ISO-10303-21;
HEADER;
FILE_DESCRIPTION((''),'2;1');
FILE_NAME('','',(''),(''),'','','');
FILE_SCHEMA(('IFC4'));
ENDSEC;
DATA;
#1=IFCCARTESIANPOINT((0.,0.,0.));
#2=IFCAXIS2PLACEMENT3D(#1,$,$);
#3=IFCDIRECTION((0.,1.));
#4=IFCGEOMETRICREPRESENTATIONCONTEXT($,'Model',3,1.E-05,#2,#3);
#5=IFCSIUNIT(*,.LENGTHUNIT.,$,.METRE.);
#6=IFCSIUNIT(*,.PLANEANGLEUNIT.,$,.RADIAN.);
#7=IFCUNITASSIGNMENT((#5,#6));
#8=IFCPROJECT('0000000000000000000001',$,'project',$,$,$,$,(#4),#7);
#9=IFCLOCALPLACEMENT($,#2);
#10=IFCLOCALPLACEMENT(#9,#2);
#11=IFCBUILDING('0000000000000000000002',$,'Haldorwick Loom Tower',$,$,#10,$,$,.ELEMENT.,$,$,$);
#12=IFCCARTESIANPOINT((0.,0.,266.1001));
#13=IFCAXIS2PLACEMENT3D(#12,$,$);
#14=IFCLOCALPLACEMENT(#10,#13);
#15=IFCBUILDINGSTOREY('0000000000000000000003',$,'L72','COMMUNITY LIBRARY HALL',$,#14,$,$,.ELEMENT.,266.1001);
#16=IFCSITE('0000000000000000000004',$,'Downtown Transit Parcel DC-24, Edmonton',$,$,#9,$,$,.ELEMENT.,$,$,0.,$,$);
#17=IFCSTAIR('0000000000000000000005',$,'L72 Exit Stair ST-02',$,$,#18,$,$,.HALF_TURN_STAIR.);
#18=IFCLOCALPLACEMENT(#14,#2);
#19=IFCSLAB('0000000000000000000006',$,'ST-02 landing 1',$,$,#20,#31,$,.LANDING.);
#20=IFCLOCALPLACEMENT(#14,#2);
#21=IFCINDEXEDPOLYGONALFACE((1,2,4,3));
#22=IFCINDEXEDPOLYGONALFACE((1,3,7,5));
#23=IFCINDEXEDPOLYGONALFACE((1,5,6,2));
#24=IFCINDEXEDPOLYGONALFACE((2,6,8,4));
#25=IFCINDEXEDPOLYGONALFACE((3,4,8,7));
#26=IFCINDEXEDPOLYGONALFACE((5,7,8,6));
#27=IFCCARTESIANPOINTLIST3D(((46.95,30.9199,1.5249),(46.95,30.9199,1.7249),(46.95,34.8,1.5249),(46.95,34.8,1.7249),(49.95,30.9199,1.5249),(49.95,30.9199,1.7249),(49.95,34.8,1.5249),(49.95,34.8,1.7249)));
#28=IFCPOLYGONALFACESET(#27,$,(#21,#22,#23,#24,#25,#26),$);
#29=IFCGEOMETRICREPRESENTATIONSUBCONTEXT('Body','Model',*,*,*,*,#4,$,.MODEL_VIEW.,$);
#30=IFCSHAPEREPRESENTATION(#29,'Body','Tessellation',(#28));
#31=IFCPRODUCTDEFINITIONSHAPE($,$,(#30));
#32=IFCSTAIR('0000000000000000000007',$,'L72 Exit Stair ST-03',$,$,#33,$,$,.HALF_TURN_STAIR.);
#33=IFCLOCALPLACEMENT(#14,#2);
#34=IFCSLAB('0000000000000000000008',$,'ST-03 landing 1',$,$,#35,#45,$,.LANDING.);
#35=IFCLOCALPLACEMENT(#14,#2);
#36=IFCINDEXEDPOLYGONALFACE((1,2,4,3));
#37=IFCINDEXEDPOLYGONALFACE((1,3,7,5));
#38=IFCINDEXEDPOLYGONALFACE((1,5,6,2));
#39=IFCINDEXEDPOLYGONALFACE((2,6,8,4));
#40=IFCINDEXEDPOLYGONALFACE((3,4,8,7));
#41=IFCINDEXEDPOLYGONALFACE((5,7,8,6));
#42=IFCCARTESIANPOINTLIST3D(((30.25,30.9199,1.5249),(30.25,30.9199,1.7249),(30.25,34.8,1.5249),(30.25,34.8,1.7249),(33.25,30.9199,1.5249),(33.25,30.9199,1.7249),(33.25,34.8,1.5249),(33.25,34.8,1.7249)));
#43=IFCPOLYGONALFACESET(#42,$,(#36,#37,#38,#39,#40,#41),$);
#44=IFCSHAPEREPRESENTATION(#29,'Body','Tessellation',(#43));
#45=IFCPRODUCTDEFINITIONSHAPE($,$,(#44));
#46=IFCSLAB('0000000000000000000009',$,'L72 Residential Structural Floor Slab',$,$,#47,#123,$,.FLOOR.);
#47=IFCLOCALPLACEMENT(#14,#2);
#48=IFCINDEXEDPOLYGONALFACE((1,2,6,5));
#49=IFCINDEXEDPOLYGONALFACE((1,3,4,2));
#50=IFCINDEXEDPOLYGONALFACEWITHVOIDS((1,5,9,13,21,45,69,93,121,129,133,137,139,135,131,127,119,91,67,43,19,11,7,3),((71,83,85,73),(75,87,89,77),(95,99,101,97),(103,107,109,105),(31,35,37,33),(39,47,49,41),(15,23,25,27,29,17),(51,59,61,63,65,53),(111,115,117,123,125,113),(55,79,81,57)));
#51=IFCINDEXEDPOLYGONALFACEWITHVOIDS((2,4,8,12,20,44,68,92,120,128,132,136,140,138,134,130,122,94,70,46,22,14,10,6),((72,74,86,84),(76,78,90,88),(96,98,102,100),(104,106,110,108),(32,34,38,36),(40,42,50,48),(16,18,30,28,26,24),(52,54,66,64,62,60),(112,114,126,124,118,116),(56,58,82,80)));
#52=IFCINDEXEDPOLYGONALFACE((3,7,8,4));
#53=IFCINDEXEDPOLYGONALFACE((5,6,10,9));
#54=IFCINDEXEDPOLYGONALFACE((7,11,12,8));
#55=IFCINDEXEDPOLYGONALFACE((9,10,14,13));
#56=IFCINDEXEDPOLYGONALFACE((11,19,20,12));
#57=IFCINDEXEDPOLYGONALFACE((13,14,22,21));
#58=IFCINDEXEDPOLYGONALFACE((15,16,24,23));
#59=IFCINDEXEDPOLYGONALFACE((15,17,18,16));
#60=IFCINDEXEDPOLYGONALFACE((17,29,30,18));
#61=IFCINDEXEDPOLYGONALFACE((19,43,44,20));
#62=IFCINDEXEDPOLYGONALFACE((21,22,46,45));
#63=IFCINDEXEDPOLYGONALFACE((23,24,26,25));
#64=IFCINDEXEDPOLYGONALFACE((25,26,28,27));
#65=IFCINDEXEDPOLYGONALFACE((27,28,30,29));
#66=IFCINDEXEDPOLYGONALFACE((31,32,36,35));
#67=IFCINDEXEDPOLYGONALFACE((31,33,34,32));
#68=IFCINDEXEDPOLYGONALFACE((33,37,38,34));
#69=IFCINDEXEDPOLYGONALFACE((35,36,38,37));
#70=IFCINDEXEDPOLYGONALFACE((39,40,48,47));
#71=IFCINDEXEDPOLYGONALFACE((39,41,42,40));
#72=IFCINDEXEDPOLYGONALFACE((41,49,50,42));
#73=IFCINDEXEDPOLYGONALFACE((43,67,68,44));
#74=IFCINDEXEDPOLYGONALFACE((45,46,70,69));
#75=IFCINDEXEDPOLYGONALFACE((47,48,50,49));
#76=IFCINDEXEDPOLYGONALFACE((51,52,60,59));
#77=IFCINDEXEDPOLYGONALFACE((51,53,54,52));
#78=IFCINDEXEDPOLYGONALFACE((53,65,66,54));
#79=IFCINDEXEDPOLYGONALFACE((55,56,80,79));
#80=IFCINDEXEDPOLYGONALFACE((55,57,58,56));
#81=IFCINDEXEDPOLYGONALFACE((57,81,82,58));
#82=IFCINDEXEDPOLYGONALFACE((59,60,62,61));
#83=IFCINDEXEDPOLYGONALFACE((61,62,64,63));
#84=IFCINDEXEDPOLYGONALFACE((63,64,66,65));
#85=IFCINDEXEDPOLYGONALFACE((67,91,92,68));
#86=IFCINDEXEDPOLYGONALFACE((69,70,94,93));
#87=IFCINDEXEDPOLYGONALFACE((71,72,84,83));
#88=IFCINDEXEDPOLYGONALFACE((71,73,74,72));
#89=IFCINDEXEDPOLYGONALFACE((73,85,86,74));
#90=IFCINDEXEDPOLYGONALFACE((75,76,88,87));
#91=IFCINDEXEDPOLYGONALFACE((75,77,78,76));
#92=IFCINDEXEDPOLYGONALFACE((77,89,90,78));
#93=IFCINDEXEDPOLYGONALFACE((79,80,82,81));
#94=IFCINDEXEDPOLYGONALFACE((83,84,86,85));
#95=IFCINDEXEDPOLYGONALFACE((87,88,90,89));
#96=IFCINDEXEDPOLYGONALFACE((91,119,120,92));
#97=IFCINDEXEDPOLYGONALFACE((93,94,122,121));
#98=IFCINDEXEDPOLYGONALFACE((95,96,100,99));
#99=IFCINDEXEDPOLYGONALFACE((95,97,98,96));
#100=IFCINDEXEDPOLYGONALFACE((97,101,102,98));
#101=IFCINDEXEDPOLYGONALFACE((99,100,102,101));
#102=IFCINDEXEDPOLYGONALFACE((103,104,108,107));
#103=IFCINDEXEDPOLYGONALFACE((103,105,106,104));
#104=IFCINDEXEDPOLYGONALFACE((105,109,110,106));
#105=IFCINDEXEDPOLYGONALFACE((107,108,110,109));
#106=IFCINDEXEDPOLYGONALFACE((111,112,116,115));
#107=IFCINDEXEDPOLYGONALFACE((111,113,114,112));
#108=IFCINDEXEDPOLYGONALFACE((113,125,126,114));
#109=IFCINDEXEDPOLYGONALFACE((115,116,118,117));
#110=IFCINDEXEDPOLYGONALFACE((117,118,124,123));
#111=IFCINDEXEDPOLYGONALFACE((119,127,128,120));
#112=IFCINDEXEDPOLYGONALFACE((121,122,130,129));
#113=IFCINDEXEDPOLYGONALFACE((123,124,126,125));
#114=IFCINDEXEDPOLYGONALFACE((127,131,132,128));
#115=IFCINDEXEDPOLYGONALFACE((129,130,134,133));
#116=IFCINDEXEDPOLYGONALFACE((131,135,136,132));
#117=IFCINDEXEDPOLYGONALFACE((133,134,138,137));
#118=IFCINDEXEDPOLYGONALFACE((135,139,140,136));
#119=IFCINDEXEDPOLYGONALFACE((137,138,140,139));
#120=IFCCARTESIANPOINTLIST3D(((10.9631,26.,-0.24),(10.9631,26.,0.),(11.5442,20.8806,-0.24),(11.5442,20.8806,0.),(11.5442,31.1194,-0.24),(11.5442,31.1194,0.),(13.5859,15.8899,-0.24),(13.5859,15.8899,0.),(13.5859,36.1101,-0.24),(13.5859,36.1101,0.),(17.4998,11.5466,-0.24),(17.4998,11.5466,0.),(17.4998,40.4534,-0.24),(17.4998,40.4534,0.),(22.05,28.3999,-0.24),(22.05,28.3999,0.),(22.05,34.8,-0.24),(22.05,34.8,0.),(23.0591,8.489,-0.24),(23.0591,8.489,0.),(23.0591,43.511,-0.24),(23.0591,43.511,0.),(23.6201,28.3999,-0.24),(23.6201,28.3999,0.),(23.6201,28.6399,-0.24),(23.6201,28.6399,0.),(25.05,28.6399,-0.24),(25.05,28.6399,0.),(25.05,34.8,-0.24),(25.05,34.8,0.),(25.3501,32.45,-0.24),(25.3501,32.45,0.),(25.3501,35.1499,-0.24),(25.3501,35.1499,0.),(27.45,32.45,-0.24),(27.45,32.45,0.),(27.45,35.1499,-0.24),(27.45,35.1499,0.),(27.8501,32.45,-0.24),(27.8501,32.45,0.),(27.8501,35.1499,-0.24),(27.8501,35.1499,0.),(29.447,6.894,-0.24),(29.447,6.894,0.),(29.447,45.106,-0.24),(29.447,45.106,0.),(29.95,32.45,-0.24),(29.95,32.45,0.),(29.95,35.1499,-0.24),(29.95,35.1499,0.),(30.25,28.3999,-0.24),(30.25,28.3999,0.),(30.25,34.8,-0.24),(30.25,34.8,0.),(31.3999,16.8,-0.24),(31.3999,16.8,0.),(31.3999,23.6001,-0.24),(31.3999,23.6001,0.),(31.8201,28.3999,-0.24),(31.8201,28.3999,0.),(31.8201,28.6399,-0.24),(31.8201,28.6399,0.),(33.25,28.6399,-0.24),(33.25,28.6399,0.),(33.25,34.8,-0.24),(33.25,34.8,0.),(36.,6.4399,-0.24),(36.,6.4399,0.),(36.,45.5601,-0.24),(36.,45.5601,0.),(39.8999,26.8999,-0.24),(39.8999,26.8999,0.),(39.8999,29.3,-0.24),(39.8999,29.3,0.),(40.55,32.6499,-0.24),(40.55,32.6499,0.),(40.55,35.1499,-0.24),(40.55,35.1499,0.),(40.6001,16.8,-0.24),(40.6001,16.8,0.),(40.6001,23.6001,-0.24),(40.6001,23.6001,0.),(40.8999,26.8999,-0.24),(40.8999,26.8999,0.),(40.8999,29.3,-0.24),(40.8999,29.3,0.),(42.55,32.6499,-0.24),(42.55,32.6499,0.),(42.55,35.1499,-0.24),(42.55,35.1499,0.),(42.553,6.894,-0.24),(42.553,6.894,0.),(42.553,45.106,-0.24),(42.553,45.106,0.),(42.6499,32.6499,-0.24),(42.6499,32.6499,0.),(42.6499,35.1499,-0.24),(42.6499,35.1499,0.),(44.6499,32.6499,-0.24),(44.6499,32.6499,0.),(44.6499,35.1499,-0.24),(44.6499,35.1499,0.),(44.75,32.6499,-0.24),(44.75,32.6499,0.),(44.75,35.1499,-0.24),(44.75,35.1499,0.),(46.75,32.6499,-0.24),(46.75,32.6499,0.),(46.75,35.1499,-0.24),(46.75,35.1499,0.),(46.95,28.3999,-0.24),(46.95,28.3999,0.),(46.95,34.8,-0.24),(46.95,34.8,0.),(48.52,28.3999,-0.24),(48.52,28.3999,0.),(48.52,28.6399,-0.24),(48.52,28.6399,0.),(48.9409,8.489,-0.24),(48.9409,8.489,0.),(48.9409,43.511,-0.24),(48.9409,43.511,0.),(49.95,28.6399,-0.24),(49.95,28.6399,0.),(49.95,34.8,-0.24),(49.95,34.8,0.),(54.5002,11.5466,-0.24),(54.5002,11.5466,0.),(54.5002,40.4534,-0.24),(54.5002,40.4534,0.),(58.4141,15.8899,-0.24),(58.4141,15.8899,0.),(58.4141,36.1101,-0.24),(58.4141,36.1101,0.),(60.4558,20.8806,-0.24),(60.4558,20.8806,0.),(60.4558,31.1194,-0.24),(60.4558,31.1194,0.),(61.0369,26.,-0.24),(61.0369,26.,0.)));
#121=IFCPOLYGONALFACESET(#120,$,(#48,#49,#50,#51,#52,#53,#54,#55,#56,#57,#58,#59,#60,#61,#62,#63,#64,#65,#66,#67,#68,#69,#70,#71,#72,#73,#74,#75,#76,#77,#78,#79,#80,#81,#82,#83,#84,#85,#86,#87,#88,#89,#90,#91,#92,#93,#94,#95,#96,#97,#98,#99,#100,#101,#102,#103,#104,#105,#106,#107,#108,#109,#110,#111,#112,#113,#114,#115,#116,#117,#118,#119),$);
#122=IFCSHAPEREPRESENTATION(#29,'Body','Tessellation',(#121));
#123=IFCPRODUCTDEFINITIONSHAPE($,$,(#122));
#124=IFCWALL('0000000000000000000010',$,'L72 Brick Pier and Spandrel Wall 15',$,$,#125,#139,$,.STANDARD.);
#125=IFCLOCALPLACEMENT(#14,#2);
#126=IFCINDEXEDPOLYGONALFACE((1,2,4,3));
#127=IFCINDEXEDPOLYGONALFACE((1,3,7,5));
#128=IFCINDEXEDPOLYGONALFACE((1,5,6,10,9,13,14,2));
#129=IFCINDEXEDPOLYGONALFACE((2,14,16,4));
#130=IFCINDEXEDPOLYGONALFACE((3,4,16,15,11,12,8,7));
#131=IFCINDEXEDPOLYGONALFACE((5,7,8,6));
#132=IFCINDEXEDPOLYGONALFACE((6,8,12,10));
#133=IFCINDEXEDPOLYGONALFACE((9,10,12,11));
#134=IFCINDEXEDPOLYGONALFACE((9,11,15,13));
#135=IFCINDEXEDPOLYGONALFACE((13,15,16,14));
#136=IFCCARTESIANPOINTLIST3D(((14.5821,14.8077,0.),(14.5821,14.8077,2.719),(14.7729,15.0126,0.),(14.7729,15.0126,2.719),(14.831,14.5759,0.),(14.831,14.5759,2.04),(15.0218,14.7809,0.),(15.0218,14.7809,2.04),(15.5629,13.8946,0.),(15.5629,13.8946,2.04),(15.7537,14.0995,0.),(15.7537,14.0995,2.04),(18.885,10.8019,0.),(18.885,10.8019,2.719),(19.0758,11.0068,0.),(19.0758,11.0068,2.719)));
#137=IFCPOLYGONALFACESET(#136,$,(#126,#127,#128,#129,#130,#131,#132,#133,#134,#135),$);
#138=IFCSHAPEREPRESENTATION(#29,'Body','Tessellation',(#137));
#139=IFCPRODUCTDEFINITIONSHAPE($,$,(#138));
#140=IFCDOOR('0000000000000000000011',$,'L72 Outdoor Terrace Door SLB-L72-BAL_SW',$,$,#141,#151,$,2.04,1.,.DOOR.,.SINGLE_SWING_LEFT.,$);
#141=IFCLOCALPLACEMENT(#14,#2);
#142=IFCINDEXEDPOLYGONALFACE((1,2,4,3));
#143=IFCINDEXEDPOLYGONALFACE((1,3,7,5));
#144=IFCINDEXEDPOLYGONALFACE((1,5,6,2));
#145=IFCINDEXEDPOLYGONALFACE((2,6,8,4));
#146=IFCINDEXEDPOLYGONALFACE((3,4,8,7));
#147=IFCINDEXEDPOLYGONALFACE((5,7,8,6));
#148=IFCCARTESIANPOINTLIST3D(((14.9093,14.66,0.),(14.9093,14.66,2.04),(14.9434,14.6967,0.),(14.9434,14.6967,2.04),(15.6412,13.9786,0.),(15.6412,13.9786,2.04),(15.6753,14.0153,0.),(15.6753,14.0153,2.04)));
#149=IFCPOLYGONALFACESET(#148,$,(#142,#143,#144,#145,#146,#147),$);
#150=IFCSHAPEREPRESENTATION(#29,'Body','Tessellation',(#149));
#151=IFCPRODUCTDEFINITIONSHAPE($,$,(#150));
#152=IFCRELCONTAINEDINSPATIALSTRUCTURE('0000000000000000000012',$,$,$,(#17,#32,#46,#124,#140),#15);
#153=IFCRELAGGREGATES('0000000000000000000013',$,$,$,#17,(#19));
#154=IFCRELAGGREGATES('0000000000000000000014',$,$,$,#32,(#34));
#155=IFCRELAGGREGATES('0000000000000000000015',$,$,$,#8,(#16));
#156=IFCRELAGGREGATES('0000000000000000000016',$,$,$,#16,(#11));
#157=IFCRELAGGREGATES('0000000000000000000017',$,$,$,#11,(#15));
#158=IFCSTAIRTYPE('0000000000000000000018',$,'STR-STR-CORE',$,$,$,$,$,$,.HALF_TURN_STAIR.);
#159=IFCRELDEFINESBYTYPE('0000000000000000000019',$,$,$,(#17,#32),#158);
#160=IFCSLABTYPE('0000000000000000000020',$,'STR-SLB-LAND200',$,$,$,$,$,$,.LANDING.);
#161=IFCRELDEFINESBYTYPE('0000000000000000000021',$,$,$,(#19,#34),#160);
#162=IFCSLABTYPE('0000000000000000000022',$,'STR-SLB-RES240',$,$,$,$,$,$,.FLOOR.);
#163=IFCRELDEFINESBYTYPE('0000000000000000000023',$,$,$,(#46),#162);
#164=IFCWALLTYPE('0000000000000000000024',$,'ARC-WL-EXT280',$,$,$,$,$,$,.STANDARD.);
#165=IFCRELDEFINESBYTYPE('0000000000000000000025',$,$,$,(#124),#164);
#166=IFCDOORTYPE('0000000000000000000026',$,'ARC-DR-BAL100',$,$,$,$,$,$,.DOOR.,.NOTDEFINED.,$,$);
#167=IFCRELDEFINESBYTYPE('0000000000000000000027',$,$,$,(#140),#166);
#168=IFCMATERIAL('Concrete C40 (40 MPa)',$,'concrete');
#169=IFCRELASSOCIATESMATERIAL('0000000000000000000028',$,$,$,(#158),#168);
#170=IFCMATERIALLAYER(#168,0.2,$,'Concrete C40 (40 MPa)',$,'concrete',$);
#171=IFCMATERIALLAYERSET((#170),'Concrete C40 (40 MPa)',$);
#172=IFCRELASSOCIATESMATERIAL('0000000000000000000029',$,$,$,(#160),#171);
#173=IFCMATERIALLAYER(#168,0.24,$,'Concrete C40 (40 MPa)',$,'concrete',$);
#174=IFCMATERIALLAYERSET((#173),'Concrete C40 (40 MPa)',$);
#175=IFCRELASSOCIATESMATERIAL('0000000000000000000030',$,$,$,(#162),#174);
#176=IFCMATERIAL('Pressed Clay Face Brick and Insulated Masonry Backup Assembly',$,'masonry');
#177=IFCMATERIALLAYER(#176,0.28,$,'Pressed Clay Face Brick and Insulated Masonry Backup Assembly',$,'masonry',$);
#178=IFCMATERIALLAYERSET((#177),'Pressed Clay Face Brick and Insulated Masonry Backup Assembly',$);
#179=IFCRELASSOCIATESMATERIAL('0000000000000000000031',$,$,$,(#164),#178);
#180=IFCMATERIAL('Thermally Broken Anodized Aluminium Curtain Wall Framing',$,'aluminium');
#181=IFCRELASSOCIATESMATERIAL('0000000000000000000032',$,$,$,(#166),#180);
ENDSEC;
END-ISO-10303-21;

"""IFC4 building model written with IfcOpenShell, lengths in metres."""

from ifc_helpers import new_model, si_unit, direction, frame, frame_2d, origin, place, context, subcontext, project, spatial, polyline, rectangle, outline, extrude, material, layer, layer_set, type_object, element, fill, aggregate, save


model = new_model("IFC4")

# Units and contexts
model_context = context("Model", 3, precision=1e-05, world=origin(), true_north=direction((0.0, 1.0)))
body_context = subcontext(model_context, "Body", "Model", "MODEL_VIEW")
ifc_project = project(units=[si_unit("LENGTHUNIT", "METRE"), si_unit("PLANEANGLEUNIT", "RADIAN")], contexts=[model_context])

# Site, building, storey
site_placement = place(None, origin())
site = spatial("IfcSite", under=ifc_project, at=site_placement, Name="Downtown Transit Parcel DC-24, Edmonton", CompositionType="ELEMENT", RefElevation=0.0)
building_placement = place(site_placement, origin())
building = spatial("IfcBuilding", under=site, at=building_placement, Name="Haldorwick Loom Tower", CompositionType="ELEMENT")
storey_placement = place(building_placement, frame((0.0, 0.0, 266.1001)))
storey = spatial("IfcBuildingStorey", under=building, at=storey_placement, Name="L72", Description="COMMUNITY LIBRARY HALL", CompositionType="ELEMENT", Elevation=266.1001)

# Shared definitions
ifc_material_1 = material(Name="Concrete C40 (40 MPa)", Category="concrete")

# Stairs, slabs
stair_type = type_object("IfcStairType", Name="STR-STR-CORE", PredefinedType="HALF_TURN_STAIR", material=ifc_material_1)
ifc_layer_1 = layer(ifc_material_1, 0.2, Name="Concrete C40 (40 MPa)", Category="concrete")
ifc_layer_set_1 = layer_set([ifc_layer_1], Name="Concrete C40 (40 MPa)")
slab_type_1 = type_object("IfcSlabType", Name="STR-SLB-LAND200", PredefinedType="LANDING", material=ifc_layer_set_1)
stair_1_placement = place(storey_placement, origin())
stair_1 = element("IfcStair", 1, at=stair_1_placement, inside=storey, type_object=stair_type, Name="L72 Exit Stair ST-02", PredefinedType="HALF_TURN_STAIR")
slab_1_placement = place(storey_placement, frame((0.0, 0.0, 1.5249)))
slab_1 = element("IfcSlab", 2, at=slab_1_placement, type_object=slab_type_1, Name="ST-02 landing 1", PredefinedType="LANDING", context=body_context, shape_type="SweptSolid", body=[
    extrude(outline(polyline([(49.95, 30.9199), (49.95, 34.8), (46.95, 34.8), (46.95, 30.9199), (49.95, 30.9199)])), origin(), (0.0, 0.0, 1.0), 0.2),
])
aggregate(stair_1, [slab_1])
stair_2_placement = place(storey_placement, origin())
stair_2 = element("IfcStair", 3, at=stair_2_placement, inside=storey, type_object=stair_type, Name="L72 Exit Stair ST-03", PredefinedType="HALF_TURN_STAIR")
slab_2_placement = place(storey_placement, frame((0.0, 0.0, 1.5249)))
slab_2 = element("IfcSlab", 4, at=slab_2_placement, type_object=slab_type_1, Name="ST-03 landing 1", PredefinedType="LANDING", context=body_context, shape_type="SweptSolid", body=[
    extrude(outline(polyline([(33.25, 30.9199), (33.25, 34.8), (30.25, 34.8), (30.25, 30.9199), (33.25, 30.9199)])), origin(), (0.0, 0.0, 1.0), 0.2),
])
aggregate(stair_2, [slab_2])

# Slab
ifc_layer_2 = layer(ifc_material_1, 0.24, Name="Concrete C40 (40 MPa)", Category="concrete")
ifc_layer_set_2 = layer_set([ifc_layer_2], Name="Concrete C40 (40 MPa)")
slab_type_2 = type_object("IfcSlabType", Name="STR-SLB-RES240", PredefinedType="FLOOR", material=ifc_layer_set_2)
slab_3_placement = place(storey_placement, frame((0.0, 0.0, -0.24)))
element("IfcSlab", 5, at=slab_3_placement, inside=storey, type_object=slab_type_2, Name="L72 Residential Structural Floor Slab", PredefinedType="FLOOR", context=body_context, shape_type="SweptSolid", body=[
    extrude(outline(polyline([(54.5002, 11.5466), (58.4141, 15.8899), (60.4558, 20.8806), (61.0369, 26.0), (60.4558, 31.1194), (58.4141, 36.1101), (54.5002, 40.4534), (48.9409, 43.511), (42.553, 45.106), (36.0, 45.5601), (29.447, 45.106), (23.0591, 43.511), (17.4998, 40.4534), (13.5859, 36.1101), (11.5442, 31.1194), (10.9631, 26.0), (11.5442, 20.8806), (13.5859, 15.8899), (17.4998, 11.5466), (23.0591, 8.489), (29.447, 6.894), (36.0, 6.4399), (42.553, 6.894), (48.9409, 8.489), (54.5002, 11.5466)]), holes=[polyline([(31.3999, 16.8), (31.3999, 23.6001), (40.6001, 23.6001), (40.6001, 16.8), (31.3999, 16.8)]), polyline([(40.8999, 26.8999), (39.8999, 26.8999), (39.8999, 29.3), (40.8999, 29.3), (40.8999, 26.8999)]), polyline([(23.6201, 28.3999), (22.05, 28.3999), (22.05, 34.8), (25.05, 34.8), (25.05, 28.6399), (23.6201, 28.6399), (23.6201, 28.3999)]), polyline([(30.25, 28.3999), (30.25, 34.8), (33.25, 34.8), (33.25, 28.6399), (31.8201, 28.6399), (31.8201, 28.3999), (30.25, 28.3999)]), polyline([(46.95, 28.3999), (46.95, 34.8), (49.95, 34.8), (49.95, 28.6399), (48.52, 28.6399), (48.52, 28.3999), (46.95, 28.3999)]), polyline([(27.45, 32.45), (25.3501, 32.45), (25.3501, 35.1499), (27.45, 35.1499), (27.45, 32.45)]), polyline([(29.95, 32.45), (27.8501, 32.45), (27.8501, 35.1499), (29.95, 35.1499), (29.95, 32.45)]), polyline([(42.55, 32.6499), (40.55, 32.6499), (40.55, 35.1499), (42.55, 35.1499), (42.55, 32.6499)]), polyline([(42.6499, 32.6499), (42.6499, 35.1499), (44.6499, 35.1499), (44.6499, 32.6499), (42.6499, 32.6499)]), polyline([(44.75, 32.6499), (44.75, 35.1499), (46.75, 35.1499), (46.75, 32.6499), (44.75, 32.6499)])]), origin(), (0.0, 0.0, 1.0), 0.24),
])

# Wall, opening, door
ifc_material_2 = material(Name="Pressed Clay Face Brick and Insulated Masonry Backup Assembly", Category="masonry")
ifc_layer_3 = layer(ifc_material_2, 0.28, Name="Pressed Clay Face Brick and Insulated Masonry Backup Assembly", Category="masonry")
ifc_layer_set_3 = layer_set([ifc_layer_3], Name="Pressed Clay Face Brick and Insulated Masonry Backup Assembly")
wall_type = type_object("IfcWallType", Name="ARC-WL-EXT280", PredefinedType="STANDARD", material=ifc_layer_set_3)
wall_1_placement = place(storey_placement, frame((14.6775, 14.9102, 0.0), z_axis=(0.0, 0.0, 1.0), x_axis=(0.731925, -0.681386, 0.0)))
wall_1 = element("IfcWall", 6, at=wall_1_placement, inside=storey, type_object=wall_type, Name="L72 Brick Pier and Spandrel Wall 15", PredefinedType="STANDARD", context=body_context, shape_type="SweptSolid", body=[
    extrude(rectangle(XDim=5.8789, YDim=0.28, at=frame_2d((2.9395, 0.0))), origin(), (0.0, 0.0, 1.0), 2.719),
])
opening_1_placement = place(wall_1_placement, frame((0.3401, 0.0, 0.0)))
opening_1 = element("IfcOpeningElement", 7, at=opening_1_placement, cuts=wall_1, PredefinedType="OPENING", context=body_context, shape_type="SweptSolid", body=[
    extrude(rectangle(XDim=1.0, YDim=2.04, at=frame_2d((0.5, 1.02))), frame((0.0, 0.1499, 0.0), z_axis=(0.0, -1.0, 0.0), x_axis=(1.0, 0.0, 0.0)), (0.0, 0.0, 1.0), 0.3),
])
ifc_material_3 = material(Name="Thermally Broken Anodized Aluminium Curtain Wall Framing", Category="aluminium")
door_type = type_object("IfcDoorType", Name="ARC-DR-BAL100", OperationType="NOTDEFINED", PredefinedType="DOOR", material=ifc_material_3)
door_placement = place(opening_1_placement, origin())
door = element("IfcDoor", 8, at=door_placement, inside=storey, type_object=door_type, Name="L72 Outdoor Terrace Door SLB-L72-BAL_SW", OperationType="SINGLE_SWING_LEFT", OverallHeight=2.04, OverallWidth=1.0, PredefinedType="DOOR", context=body_context, shape_type="SweptSolid", body=[
    extrude(rectangle(XDim=1.0, YDim=2.04, at=frame_2d((0.5, 1.02))), frame((0.0, 0.0249, 0.0), z_axis=(0.0, -1.0, 0.0), x_axis=(1.0, 0.0, 0.0)), (0.0, 0.0, 1.0), 0.05),
])
fill(opening_1, door)

save(model, "model.ifc")
